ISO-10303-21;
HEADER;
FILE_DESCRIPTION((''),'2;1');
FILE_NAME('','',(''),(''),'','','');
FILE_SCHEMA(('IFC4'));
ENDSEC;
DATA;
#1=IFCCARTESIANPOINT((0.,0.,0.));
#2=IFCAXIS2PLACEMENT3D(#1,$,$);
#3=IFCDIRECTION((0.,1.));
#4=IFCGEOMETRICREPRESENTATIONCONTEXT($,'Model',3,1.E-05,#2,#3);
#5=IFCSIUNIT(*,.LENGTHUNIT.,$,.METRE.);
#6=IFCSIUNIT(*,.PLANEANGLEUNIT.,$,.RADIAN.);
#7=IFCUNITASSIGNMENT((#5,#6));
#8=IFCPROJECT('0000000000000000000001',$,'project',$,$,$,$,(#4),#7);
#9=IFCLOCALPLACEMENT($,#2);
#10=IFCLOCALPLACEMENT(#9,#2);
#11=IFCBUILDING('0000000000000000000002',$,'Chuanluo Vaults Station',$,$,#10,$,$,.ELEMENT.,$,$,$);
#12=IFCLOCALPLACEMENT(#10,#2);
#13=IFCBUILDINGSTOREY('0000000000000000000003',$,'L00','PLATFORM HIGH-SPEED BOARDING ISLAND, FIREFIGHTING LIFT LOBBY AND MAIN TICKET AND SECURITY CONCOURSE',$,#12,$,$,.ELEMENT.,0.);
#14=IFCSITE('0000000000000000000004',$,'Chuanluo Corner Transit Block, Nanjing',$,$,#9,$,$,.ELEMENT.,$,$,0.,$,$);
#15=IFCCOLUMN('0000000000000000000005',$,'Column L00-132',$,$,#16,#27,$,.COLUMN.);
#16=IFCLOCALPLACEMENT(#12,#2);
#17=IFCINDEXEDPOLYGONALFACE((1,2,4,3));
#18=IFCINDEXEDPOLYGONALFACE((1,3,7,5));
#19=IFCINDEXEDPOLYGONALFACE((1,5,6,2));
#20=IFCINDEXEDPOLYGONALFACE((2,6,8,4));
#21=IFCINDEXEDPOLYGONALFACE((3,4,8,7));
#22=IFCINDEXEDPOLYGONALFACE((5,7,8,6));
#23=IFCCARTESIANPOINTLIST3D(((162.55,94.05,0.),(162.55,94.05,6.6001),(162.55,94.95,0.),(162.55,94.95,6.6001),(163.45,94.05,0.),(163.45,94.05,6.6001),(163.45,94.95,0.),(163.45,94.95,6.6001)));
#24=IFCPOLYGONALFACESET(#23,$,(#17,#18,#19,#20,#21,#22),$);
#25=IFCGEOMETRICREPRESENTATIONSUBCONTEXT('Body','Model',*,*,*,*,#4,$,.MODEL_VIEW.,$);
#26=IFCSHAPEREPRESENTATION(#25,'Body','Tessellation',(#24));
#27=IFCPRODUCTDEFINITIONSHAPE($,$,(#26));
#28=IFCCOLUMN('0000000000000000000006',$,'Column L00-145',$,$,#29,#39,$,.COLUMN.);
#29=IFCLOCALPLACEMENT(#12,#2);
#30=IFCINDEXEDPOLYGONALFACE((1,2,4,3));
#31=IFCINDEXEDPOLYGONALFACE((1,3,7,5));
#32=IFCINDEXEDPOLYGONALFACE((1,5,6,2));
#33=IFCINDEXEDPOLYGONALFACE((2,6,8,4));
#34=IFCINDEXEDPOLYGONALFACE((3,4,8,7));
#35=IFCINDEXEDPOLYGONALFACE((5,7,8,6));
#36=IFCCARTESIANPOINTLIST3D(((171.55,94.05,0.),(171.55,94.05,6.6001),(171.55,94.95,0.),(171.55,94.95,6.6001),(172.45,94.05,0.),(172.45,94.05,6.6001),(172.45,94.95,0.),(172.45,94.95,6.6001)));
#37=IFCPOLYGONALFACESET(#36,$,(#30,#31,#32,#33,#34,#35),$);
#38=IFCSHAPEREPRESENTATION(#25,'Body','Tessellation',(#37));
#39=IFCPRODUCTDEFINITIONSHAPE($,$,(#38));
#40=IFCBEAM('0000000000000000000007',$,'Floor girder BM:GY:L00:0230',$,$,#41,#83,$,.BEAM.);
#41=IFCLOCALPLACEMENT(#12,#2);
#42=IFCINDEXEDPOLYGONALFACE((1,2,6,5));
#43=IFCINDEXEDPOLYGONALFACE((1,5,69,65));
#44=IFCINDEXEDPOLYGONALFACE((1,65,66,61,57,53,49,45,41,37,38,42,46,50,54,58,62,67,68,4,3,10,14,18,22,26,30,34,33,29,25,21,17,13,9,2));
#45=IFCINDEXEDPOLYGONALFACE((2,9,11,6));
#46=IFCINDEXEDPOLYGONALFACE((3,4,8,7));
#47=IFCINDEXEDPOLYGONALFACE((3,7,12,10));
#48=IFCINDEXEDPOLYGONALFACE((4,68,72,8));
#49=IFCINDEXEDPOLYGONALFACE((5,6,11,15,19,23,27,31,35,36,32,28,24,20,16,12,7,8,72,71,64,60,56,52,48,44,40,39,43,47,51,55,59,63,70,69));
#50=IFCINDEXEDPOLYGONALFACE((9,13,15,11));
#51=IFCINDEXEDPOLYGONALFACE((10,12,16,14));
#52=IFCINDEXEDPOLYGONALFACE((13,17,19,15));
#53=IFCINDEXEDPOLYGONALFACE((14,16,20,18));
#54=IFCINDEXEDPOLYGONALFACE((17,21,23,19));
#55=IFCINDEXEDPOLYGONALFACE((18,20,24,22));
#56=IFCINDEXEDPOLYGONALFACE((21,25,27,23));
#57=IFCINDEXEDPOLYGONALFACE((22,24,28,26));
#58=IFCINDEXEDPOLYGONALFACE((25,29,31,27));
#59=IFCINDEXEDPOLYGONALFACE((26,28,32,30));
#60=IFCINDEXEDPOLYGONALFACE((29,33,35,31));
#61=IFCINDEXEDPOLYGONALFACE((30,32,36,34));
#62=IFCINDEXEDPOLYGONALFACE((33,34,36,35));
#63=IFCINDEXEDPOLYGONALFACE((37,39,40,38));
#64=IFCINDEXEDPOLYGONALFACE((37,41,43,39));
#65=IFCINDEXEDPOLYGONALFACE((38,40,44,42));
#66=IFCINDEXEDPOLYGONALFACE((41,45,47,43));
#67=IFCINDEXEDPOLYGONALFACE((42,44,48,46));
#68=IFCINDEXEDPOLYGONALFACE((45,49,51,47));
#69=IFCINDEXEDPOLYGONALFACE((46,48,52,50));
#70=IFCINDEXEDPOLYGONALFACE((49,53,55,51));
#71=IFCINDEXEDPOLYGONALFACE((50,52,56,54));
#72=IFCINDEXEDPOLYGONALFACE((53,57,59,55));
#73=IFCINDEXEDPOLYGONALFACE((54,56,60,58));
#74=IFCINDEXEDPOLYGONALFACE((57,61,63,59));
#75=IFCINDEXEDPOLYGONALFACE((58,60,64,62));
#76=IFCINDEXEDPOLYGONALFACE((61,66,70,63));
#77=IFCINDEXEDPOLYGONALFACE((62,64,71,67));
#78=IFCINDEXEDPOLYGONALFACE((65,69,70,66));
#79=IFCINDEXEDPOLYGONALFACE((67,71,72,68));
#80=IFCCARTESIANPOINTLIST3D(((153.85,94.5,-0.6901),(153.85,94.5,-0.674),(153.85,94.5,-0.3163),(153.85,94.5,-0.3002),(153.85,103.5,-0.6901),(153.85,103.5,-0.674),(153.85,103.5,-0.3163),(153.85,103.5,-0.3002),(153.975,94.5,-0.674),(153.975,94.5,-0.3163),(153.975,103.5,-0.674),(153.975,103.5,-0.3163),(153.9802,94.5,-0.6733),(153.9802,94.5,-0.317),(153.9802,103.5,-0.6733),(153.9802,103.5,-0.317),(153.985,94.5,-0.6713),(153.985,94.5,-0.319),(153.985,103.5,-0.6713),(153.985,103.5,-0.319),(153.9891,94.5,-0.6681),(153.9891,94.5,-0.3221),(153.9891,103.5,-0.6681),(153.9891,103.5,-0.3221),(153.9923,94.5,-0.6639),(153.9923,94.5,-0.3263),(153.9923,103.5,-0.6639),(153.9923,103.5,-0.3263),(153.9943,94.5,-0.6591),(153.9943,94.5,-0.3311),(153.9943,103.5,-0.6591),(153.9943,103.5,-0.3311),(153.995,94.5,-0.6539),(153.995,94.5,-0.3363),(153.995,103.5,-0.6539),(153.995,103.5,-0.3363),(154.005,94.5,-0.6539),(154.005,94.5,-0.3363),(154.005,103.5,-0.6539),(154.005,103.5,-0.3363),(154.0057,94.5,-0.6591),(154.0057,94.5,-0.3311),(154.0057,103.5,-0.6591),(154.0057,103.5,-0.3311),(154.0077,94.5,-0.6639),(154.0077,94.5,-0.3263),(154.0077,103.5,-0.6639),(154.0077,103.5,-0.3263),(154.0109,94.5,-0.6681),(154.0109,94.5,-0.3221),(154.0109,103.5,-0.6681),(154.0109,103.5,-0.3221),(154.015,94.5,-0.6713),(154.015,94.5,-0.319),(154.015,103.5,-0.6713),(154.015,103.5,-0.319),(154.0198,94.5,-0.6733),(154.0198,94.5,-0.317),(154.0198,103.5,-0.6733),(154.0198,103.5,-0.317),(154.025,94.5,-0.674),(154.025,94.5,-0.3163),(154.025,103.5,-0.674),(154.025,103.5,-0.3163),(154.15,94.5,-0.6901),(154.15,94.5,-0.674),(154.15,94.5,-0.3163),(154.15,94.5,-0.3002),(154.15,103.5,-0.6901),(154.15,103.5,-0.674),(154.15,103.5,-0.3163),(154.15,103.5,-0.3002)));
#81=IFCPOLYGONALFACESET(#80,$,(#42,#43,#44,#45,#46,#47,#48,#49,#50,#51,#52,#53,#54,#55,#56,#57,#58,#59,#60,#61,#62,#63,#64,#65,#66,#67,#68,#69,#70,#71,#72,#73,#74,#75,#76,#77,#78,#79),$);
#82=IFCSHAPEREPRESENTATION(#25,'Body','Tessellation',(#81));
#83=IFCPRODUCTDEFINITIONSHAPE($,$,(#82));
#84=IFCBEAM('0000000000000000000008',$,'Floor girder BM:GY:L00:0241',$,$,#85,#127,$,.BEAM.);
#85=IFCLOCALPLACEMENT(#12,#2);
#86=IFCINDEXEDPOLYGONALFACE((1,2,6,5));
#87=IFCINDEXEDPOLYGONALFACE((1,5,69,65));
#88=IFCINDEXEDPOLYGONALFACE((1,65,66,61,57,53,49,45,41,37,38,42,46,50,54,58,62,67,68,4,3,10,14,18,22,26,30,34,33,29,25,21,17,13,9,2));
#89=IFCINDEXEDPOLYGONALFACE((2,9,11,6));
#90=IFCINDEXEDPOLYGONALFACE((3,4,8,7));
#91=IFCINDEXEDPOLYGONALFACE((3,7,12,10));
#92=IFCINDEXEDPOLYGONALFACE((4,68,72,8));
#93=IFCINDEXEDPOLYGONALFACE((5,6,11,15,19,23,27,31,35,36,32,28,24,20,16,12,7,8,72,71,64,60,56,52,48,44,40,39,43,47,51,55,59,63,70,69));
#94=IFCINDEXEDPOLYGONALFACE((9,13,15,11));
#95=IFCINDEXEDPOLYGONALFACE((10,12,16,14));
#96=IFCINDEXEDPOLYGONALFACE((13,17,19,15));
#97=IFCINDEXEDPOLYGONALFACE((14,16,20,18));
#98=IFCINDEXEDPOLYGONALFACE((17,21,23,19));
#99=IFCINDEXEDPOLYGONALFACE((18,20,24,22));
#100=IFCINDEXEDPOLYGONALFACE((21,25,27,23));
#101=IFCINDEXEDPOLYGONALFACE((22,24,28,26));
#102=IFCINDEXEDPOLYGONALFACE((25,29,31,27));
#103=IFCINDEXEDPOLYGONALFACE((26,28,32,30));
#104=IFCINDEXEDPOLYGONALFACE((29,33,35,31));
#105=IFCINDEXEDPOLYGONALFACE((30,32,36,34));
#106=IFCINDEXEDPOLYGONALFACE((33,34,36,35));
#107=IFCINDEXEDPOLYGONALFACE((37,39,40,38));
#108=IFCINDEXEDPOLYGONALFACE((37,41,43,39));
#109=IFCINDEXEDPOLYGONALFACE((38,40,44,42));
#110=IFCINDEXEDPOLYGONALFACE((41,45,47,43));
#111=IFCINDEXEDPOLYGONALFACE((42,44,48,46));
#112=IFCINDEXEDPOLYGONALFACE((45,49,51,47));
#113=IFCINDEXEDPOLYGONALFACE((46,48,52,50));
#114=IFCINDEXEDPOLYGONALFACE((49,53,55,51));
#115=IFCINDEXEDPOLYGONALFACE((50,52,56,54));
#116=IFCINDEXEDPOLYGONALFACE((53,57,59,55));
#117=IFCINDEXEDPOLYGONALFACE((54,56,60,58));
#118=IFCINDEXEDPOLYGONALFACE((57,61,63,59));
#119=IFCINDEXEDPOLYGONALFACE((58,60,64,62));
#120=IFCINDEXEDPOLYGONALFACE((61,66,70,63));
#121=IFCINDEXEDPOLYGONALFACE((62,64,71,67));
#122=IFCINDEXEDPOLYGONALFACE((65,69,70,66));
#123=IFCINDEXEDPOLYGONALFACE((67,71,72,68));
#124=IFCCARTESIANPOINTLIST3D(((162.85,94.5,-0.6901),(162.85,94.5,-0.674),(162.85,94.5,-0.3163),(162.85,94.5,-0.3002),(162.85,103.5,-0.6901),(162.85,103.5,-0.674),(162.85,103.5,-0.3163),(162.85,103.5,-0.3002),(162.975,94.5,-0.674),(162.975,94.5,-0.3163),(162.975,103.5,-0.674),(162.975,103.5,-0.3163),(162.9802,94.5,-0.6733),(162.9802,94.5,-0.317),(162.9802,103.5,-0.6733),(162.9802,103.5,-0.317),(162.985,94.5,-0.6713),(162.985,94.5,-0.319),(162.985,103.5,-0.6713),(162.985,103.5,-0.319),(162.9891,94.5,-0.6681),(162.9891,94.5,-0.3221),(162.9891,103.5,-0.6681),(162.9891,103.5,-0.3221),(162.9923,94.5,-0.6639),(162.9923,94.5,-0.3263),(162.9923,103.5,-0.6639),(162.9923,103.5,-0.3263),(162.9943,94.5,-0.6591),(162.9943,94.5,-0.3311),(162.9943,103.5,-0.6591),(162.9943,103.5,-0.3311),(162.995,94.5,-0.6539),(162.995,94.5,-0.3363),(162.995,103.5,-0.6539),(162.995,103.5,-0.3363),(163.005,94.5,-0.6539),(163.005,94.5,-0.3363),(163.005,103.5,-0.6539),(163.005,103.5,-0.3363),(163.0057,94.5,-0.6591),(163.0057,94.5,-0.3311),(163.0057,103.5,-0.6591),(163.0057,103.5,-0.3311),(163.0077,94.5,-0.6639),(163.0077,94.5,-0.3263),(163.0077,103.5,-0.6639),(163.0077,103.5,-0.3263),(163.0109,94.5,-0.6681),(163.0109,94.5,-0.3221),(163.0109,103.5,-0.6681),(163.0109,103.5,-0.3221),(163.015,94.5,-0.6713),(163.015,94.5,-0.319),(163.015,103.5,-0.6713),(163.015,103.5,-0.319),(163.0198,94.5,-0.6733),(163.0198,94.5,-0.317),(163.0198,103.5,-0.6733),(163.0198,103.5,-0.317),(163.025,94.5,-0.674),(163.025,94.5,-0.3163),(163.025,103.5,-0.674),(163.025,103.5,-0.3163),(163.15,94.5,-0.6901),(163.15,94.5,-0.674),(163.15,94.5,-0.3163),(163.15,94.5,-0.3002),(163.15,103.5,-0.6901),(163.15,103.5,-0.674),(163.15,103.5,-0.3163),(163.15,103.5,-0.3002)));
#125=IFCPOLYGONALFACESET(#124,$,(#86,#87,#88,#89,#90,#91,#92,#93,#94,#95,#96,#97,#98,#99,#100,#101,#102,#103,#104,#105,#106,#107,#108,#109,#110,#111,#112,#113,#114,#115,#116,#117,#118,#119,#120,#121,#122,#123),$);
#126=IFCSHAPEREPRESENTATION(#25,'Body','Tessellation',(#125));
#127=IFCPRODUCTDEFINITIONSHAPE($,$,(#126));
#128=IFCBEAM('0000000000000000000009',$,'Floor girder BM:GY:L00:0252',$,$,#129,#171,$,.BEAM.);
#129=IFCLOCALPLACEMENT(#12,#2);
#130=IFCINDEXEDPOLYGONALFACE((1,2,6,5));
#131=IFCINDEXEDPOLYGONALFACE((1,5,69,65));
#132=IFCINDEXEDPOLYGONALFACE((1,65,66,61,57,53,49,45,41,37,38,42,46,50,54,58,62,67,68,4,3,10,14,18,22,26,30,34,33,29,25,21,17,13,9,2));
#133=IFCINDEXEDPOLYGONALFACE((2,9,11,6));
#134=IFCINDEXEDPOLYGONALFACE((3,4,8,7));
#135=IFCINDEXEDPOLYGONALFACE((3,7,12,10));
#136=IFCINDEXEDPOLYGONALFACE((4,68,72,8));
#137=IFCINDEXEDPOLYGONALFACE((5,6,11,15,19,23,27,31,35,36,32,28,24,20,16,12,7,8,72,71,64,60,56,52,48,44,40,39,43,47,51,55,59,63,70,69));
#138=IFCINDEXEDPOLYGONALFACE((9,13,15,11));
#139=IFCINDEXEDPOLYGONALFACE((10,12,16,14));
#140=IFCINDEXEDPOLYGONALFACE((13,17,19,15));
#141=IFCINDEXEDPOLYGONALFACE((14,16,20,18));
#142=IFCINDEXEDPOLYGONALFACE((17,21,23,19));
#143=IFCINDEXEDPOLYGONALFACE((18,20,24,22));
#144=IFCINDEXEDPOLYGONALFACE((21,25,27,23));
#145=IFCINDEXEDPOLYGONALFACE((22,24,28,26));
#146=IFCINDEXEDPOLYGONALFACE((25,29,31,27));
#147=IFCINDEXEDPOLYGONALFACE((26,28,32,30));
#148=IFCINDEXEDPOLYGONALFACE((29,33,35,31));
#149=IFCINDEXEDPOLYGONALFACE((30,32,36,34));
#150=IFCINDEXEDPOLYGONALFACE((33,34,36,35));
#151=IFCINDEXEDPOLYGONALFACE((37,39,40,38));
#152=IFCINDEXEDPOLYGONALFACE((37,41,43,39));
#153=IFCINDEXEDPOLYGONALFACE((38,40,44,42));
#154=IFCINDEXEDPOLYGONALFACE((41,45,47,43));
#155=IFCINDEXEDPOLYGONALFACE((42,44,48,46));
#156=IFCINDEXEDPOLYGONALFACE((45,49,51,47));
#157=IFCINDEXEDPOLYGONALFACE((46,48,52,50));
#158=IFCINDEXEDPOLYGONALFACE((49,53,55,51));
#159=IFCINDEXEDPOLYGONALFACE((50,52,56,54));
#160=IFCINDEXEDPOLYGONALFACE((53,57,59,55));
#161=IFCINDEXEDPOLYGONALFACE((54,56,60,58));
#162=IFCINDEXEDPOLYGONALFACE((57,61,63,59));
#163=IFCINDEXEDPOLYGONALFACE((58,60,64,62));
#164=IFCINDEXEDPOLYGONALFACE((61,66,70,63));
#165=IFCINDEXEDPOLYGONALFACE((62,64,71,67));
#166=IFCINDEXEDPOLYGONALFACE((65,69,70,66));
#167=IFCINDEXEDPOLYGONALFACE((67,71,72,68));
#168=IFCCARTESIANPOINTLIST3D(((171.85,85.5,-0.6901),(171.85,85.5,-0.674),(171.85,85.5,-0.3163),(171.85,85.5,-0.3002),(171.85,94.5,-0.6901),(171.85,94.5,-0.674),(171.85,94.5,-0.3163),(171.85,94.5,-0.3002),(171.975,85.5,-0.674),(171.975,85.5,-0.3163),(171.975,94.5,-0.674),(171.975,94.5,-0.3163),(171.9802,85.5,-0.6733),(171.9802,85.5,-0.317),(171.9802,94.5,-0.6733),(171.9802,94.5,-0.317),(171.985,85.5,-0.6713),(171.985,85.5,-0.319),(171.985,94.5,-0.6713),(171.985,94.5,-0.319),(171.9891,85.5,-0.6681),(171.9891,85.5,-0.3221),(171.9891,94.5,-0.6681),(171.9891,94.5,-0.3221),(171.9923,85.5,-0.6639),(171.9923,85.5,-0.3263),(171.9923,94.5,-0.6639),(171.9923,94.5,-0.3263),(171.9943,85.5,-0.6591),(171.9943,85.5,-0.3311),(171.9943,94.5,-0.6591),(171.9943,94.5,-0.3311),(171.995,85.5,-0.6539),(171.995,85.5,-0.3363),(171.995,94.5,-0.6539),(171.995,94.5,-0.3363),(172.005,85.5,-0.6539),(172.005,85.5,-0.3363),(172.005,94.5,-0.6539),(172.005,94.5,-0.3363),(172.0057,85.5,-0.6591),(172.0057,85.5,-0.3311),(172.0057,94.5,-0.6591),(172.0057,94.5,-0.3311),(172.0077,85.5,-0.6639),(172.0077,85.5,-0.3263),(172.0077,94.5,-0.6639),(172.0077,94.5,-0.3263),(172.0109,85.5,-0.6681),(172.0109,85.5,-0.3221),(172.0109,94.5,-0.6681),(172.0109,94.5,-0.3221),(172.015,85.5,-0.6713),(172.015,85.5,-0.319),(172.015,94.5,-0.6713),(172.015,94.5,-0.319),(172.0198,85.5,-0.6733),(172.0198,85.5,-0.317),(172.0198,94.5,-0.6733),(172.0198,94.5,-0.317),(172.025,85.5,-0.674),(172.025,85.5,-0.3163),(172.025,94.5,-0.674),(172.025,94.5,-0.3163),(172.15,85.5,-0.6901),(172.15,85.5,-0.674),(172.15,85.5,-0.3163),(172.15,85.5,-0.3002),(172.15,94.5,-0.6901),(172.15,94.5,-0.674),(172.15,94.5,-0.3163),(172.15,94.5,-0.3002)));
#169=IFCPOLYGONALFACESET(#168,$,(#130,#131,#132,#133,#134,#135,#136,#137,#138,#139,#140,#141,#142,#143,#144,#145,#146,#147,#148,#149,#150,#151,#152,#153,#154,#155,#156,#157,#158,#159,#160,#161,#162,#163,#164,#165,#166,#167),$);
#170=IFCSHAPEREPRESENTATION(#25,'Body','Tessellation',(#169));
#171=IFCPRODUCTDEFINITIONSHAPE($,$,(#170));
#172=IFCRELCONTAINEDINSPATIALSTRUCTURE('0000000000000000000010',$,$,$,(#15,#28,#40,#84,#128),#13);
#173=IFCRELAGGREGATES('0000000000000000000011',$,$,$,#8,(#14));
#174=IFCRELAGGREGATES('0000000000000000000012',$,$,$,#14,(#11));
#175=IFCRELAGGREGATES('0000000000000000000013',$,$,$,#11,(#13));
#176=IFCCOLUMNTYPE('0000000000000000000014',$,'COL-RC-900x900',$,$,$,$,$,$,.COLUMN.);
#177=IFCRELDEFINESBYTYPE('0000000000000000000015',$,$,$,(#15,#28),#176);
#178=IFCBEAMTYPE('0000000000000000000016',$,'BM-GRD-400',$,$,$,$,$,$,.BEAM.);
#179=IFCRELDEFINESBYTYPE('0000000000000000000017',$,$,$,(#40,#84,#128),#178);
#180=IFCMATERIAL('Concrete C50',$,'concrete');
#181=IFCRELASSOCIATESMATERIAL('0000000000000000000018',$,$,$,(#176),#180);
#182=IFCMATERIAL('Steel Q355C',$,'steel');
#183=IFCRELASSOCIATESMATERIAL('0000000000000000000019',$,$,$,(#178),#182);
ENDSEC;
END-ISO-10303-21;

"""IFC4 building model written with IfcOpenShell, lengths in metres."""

from ifc_helpers import new_model, si_unit, direction, frame, origin, origin_2d, place, context, subcontext, project, spatial, rectangle, i_section, extrude, material, material_profile, profile_set, type_object, element, save


model = new_model("IFC4")

# Units and contexts
model_context = context("Model", 3, precision=1e-05, world=origin(), true_north=direction((0.0, 1.0)))
body_context = subcontext(model_context, "Body", "Model", "MODEL_VIEW")
ifc_project = project(units=[si_unit("LENGTHUNIT", "METRE"), si_unit("PLANEANGLEUNIT", "RADIAN")], contexts=[model_context])

# Site, building, storey
site_placement = place(None, origin())
site = spatial("IfcSite", under=ifc_project, at=site_placement, Name="Chuanluo Corner Transit Block, Nanjing", CompositionType="ELEMENT", RefElevation=0.0)
building_placement = place(site_placement, origin())
building = spatial("IfcBuilding", under=site, at=building_placement, Name="Chuanluo Vaults Station", CompositionType="ELEMENT")
storey_placement = place(building_placement, origin())
storey = spatial("IfcBuildingStorey", under=building, at=storey_placement, Name="L00", Description="PLATFORM HIGH-SPEED BOARDING ISLAND, FIREFIGHTING LIFT LOBBY AND MAIN TICKET AND SECURITY CONCOURSE", CompositionType="ELEMENT", Elevation=0.0)

# Columns
ifc_material_1 = material(Name="Concrete C50", Category="concrete")
ifc_material_profile_1 = material_profile(ifc_material_1, rectangle(XDim=0.8999, YDim=0.8999, at=origin_2d()))
ifc_profile_set_1 = profile_set([ifc_material_profile_1], Name="Concrete C50")
column_type = type_object("IfcColumnType", Name="COL-RC-900x900", PredefinedType="COLUMN", material=ifc_profile_set_1)
for number, where, z_axis, x_axis, name in (
    (1, (163.0, 94.5, 0.0), (0.0, 0.0, 1.0), (1.0, 0.0, 0.0), "Column L00-132"),
    (2, (172.0, 94.5, 0.0), (0.0, 0.0, 1.0), (1.0, 0.0, 0.0), "Column L00-145"),
):
    element("IfcColumn", number, at=place(storey_placement, frame(where, z_axis=z_axis, x_axis=x_axis)), inside=storey, type_object=column_type, Name=name, PredefinedType="COLUMN", context=body_context, shape_type="SweptSolid", body=[
        extrude(rectangle(XDim=0.8999, YDim=0.8999, at=origin_2d()), origin(), (0.0, 0.0, 1.0), 6.6001),
    ])

# Beams
ifc_material_2 = material(Name="Steel Q355C", Category="steel")
ifc_material_profile_2 = material_profile(ifc_material_2, i_section(OverallWidth=0.3, OverallDepth=0.3899, WebThickness=0.01, FlangeThickness=0.0161, FilletRadius=0.02, at=origin_2d()))
ifc_profile_set_2 = profile_set([ifc_material_profile_2], Name="Steel Q355C")
beam_type_1 = type_object("IfcBeamType", Name="BM-GRD-400", PredefinedType="BEAM", material=ifc_profile_set_2)
for number, where, z_axis, x_axis, name in (
    (3, (154.0, 94.5, -0.4951), (0.0, 1.0, 0.0), (-1.0, 0.0, 0.0), "Floor girder BM:GY:L00:0230"),
    (4, (163.0, 94.5, -0.4951), (0.0, 1.0, 0.0), (-1.0, 0.0, 0.0), "Floor girder BM:GY:L00:0241"),
    (5, (172.0, 85.5, -0.4951), (0.0, 1.0, 0.0), (-1.0, 0.0, 0.0), "Floor girder BM:GY:L00:0252"),
):
    element("IfcBeam", number, at=place(storey_placement, frame(where, z_axis=z_axis, x_axis=x_axis)), inside=storey, type_object=beam_type_1, Name=name, PredefinedType="BEAM", context=body_context, shape_type="SweptSolid", body=[
        extrude(i_section(OverallWidth=0.3, OverallDepth=0.3899, WebThickness=0.01, FlangeThickness=0.0161, FilletRadius=0.02, at=origin_2d()), origin(), (0.0, 0.0, 1.0), 9.0),
    ])

save(model, "model.ifc")
